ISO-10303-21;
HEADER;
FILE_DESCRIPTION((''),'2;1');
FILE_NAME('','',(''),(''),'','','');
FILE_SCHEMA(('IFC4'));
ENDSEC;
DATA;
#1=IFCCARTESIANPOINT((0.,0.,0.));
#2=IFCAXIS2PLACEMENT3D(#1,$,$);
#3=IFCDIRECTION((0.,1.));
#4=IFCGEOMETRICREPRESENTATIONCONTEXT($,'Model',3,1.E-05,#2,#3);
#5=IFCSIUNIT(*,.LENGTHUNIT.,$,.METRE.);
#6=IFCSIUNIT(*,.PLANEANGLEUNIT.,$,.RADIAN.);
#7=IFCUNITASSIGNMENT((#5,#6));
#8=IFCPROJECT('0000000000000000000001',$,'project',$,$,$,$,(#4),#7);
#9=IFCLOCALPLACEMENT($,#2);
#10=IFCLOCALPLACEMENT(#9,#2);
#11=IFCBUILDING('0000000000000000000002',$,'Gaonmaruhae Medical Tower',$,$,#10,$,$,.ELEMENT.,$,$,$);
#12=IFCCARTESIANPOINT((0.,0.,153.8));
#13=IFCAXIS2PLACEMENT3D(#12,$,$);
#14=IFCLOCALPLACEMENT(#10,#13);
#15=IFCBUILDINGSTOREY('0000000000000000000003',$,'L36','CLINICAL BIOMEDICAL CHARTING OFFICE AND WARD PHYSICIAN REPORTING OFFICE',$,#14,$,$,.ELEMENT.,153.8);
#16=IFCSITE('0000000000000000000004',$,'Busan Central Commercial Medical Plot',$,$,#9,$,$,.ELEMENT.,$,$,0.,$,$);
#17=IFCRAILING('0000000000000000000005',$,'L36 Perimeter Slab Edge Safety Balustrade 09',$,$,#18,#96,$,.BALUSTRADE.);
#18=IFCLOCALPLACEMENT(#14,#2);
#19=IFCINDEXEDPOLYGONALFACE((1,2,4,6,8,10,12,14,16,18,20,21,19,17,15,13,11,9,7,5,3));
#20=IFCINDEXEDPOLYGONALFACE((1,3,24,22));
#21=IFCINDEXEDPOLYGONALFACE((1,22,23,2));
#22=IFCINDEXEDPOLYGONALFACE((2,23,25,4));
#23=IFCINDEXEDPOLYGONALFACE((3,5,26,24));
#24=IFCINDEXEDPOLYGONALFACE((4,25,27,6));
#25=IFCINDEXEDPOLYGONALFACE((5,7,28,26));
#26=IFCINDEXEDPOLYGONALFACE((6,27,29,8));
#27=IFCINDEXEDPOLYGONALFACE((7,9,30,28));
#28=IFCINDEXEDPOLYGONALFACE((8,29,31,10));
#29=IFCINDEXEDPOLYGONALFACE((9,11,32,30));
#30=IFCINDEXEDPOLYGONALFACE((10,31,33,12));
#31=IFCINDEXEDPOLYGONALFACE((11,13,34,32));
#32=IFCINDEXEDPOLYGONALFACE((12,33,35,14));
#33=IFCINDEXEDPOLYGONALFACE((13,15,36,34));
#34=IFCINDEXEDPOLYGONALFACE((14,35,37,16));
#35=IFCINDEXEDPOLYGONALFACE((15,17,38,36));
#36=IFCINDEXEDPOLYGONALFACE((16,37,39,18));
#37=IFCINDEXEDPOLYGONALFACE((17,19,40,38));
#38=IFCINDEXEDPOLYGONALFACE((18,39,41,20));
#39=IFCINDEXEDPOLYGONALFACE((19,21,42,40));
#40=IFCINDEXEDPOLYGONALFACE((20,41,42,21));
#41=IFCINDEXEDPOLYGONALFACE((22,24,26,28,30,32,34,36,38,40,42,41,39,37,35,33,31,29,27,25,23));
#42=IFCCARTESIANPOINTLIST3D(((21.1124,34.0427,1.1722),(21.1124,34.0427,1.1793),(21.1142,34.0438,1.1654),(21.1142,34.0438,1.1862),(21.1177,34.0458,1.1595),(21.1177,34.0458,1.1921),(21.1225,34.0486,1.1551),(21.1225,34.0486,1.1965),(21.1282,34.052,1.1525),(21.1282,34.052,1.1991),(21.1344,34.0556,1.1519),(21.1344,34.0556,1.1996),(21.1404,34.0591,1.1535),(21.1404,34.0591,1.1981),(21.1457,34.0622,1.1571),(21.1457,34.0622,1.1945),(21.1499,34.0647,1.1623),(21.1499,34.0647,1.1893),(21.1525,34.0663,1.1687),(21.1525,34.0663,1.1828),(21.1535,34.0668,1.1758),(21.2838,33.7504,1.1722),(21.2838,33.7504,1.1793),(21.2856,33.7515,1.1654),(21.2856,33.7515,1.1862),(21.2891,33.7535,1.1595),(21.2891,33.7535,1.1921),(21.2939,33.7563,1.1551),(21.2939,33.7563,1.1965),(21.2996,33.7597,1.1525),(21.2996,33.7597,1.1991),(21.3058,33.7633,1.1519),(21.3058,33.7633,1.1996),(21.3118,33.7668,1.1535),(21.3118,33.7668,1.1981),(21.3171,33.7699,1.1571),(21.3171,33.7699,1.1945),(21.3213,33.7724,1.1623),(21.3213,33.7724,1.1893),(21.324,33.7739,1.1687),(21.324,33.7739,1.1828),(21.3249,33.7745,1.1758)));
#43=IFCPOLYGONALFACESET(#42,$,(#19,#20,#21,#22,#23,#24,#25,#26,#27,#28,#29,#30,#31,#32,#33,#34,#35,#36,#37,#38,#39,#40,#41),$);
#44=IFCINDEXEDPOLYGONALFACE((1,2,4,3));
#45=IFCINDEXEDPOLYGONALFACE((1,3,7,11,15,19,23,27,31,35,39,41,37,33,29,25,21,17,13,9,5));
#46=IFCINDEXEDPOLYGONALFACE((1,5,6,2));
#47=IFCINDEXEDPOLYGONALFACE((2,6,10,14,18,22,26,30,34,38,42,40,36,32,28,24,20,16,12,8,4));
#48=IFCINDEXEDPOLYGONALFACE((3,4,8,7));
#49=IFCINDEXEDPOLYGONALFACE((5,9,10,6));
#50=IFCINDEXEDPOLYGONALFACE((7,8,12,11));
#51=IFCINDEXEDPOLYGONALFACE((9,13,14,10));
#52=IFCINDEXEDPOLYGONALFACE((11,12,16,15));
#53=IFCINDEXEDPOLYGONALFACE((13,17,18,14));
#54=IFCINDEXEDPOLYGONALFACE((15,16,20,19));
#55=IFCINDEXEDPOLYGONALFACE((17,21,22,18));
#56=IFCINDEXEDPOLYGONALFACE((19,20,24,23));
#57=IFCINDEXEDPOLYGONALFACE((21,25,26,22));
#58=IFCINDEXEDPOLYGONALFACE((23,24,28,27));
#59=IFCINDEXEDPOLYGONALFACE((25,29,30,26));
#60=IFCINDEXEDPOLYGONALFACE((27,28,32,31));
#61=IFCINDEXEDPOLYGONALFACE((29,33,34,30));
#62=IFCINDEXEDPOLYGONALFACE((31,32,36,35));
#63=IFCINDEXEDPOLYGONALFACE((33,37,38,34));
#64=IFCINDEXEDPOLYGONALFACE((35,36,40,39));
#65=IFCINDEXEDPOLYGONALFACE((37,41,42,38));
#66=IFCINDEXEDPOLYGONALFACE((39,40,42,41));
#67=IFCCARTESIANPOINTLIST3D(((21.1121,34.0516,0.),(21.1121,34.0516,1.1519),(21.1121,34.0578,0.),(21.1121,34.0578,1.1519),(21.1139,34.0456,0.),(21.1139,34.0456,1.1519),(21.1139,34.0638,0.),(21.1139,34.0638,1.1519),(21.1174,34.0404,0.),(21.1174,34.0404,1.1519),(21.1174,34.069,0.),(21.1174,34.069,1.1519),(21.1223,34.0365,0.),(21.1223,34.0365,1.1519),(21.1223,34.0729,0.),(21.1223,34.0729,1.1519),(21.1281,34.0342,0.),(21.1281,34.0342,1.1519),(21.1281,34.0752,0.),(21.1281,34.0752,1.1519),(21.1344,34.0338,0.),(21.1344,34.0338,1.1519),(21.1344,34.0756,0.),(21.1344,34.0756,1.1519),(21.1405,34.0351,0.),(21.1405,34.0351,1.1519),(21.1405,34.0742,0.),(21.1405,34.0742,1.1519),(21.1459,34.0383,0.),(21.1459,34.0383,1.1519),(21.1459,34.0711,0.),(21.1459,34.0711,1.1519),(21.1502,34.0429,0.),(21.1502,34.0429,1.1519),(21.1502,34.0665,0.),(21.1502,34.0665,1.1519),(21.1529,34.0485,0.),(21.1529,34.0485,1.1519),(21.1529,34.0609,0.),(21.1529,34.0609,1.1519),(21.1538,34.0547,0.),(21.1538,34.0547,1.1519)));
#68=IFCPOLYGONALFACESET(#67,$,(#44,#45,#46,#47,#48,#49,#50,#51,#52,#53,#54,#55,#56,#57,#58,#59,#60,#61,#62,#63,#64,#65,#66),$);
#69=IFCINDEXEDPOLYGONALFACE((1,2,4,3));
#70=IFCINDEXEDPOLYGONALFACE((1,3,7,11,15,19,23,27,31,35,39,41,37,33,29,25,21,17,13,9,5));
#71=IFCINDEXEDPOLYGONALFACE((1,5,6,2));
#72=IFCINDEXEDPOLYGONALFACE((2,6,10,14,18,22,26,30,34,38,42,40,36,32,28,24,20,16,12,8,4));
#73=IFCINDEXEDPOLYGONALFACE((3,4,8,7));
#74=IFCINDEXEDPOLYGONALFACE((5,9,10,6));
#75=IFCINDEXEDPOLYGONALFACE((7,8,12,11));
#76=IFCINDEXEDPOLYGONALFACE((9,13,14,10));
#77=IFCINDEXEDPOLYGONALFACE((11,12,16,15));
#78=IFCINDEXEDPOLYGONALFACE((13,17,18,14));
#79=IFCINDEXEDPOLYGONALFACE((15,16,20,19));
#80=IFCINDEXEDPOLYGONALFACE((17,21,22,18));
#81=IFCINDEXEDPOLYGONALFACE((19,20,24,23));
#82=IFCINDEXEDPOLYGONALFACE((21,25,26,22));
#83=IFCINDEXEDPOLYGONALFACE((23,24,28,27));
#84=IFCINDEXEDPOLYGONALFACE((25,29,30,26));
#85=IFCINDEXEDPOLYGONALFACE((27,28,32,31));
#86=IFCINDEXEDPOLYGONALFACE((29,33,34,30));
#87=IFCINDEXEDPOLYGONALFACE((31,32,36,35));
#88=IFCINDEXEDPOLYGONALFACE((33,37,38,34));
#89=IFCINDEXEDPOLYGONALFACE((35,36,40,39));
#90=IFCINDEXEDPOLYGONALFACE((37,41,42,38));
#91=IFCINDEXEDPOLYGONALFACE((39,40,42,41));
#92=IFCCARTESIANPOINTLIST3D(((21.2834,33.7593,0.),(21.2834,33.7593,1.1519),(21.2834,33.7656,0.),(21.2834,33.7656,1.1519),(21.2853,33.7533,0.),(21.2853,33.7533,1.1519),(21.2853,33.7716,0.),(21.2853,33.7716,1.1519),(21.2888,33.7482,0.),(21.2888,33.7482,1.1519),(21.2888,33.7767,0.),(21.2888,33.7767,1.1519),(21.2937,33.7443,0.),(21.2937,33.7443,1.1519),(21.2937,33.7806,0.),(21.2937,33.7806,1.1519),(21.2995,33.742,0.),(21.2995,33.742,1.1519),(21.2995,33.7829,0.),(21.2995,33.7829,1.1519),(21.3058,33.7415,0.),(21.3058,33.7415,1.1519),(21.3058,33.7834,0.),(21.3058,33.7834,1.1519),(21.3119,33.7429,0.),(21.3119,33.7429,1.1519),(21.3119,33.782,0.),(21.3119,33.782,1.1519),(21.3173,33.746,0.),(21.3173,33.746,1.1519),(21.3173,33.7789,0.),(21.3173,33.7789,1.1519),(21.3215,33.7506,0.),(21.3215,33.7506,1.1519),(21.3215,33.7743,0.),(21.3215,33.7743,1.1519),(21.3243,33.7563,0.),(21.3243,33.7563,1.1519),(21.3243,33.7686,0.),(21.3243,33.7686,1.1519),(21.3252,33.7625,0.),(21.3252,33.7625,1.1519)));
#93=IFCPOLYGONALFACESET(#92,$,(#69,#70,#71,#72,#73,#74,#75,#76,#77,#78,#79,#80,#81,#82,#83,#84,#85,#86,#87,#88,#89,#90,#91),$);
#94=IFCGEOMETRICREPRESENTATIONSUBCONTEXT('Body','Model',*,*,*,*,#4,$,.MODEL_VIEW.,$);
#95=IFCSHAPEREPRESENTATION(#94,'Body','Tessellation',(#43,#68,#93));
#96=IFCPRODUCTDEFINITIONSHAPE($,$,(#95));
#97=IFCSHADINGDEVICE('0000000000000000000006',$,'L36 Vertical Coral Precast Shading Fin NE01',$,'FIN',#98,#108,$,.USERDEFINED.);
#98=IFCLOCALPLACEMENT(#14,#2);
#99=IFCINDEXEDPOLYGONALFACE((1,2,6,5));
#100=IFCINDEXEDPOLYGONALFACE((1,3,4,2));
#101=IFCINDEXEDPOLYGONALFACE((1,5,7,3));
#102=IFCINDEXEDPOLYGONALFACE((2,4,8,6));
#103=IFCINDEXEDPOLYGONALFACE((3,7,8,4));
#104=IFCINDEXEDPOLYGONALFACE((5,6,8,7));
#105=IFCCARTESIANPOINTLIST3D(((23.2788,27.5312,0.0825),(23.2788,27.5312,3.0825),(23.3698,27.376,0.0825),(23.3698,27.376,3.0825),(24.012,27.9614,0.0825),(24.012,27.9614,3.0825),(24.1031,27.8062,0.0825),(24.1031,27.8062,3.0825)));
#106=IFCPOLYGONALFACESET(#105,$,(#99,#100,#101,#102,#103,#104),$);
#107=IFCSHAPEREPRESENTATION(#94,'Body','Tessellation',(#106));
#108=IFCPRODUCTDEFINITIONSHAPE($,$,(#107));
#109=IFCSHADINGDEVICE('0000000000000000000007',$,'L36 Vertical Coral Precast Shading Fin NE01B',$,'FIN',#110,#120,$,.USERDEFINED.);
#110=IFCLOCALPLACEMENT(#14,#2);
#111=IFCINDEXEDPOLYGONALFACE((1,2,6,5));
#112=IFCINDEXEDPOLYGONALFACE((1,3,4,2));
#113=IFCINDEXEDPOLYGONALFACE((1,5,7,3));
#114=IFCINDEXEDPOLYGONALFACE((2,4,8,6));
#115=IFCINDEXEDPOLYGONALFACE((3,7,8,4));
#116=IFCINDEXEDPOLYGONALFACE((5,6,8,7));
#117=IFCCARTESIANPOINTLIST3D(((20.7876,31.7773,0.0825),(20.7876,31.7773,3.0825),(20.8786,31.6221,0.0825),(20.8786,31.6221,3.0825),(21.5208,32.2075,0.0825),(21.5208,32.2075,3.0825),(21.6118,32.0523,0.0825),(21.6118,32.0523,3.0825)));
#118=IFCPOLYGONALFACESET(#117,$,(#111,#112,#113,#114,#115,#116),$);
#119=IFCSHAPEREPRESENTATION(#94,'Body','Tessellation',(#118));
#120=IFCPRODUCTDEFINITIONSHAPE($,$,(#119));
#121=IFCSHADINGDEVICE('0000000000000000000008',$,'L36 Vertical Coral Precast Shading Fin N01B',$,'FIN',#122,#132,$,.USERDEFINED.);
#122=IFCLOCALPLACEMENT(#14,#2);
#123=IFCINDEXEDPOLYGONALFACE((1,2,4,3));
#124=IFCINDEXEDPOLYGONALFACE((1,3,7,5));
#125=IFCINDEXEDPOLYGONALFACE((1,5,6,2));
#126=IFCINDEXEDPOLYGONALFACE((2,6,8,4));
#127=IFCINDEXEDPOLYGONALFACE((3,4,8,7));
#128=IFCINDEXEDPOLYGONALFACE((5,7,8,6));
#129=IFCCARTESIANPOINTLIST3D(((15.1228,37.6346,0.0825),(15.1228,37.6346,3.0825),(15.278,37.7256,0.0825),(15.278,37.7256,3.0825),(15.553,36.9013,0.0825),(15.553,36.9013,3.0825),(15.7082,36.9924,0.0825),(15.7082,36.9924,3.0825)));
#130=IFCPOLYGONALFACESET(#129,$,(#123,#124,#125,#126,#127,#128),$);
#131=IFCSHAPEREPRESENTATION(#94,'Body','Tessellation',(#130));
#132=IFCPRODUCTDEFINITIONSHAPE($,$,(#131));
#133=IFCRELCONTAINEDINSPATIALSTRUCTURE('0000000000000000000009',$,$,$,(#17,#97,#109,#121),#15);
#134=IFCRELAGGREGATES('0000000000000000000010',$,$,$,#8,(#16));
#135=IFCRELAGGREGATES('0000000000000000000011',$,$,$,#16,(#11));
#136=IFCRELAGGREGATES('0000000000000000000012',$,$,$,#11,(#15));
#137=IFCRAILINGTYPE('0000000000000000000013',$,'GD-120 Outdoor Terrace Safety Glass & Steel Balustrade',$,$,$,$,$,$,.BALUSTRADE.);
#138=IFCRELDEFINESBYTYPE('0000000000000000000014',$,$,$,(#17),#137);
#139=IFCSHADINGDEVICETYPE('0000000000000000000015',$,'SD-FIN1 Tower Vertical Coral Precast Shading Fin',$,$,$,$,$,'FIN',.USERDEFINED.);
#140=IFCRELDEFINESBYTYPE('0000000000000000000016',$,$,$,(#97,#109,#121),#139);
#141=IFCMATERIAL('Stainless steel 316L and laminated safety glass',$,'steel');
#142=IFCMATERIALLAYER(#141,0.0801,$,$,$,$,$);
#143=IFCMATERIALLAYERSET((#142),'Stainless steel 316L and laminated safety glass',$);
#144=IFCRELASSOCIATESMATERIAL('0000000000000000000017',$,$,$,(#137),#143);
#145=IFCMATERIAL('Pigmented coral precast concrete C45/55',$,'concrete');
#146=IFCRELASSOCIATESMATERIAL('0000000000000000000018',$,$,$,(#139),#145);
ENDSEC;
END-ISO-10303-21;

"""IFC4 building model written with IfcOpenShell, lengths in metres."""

from ifc_helpers import new_model, si_unit, direction, frame, origin, origin_2d, place, context, subcontext, project, spatial, rectangle, circle, extrude, material, layer, layer_set, type_object, element, save


model = new_model("IFC4")

# Units and contexts
model_context = context("Model", 3, precision=1e-05, world=origin(), true_north=direction((0.0, 1.0)))
body_context = subcontext(model_context, "Body", "Model", "MODEL_VIEW")
ifc_project = project(units=[si_unit("LENGTHUNIT", "METRE"), si_unit("PLANEANGLEUNIT", "RADIAN")], contexts=[model_context])

# Site, building, storey
site_placement = place(None, origin())
site = spatial("IfcSite", under=ifc_project, at=site_placement, Name="Busan Central Commercial Medical Plot", CompositionType="ELEMENT", RefElevation=0.0)
building_placement = place(site_placement, origin())
building = spatial("IfcBuilding", under=site, at=building_placement, Name="Gaonmaruhae Medical Tower", CompositionType="ELEMENT")
storey_placement = place(building_placement, frame((0.0, 0.0, 153.8)))
storey = spatial("IfcBuildingStorey", under=building, at=storey_placement, Name="L36", Description="CLINICAL BIOMEDICAL CHARTING OFFICE AND WARD PHYSICIAN REPORTING OFFICE", CompositionType="ELEMENT", Elevation=153.8)

# Railing
ifc_material_1 = material(Name="Stainless steel 316L and laminated safety glass", Category="steel")
ifc_layer_1 = layer(ifc_material_1, 0.0801)
ifc_layer_set_1 = layer_set([ifc_layer_1], Name="Stainless steel 316L and laminated safety glass")
railing_type = type_object("IfcRailingType", Name="GD-120 Outdoor Terrace Safety Glass & Steel Balustrade", PredefinedType="BALUSTRADE", material=ifc_layer_set_1)
railing_placement = place(storey_placement, frame((21.1328, 34.0547, 0.0)))
element("IfcRailing", 1, at=railing_placement, inside=storey, type_object=railing_type, Name="L36 Perimeter Slab Edge Safety Balustrade 09", PredefinedType="BALUSTRADE", context=body_context, shape_type="SweptSolid", body=[
    extrude(circle(Radius=0.0239, at=origin_2d()), frame((0.0, 0.0, 1.1758), z_axis=(0.505886, -0.8626, 0.0), x_axis=(0.8626, 0.505886, 0.0)), (0.0, 0.0, 1.0), 0.3389),
    extrude(circle(Radius=0.021, at=origin_2d()), origin(), (0.0, 0.0, 1.0), 1.1519),
    extrude(circle(Radius=0.021, at=origin_2d()), frame((0.1714, -0.2922, 0.0)), (0.0, 0.0, 1.0), 1.1519),
])

# Shading devices
ifc_material_2 = material(Name="Pigmented coral precast concrete C45/55", Category="concrete")
shading_device_type = type_object("IfcShadingDeviceType", Name="SD-FIN1 Tower Vertical Coral Precast Shading Fin", ElementType="FIN", PredefinedType="USERDEFINED", material=ifc_material_2)
for number, where, z_axis, x_axis, name in (
    (2, (23.6909, 27.6687, 0.0825), (0.0, 0.0, 1.0), (-0.506034, 0.862514, 0.0), "L36 Vertical Coral Precast Shading Fin NE01"),
    (3, (21.1997, 31.9148, 0.0825), (0.0, 0.0, 1.0), (-0.506034, 0.862514, 0.0), "L36 Vertical Coral Precast Shading Fin NE01B"),
    (4, (15.4155, 37.3135, 0.0825), (0.0, 0.0, 1.0), (0.862514, 0.506034, 0.0), "L36 Vertical Coral Precast Shading Fin N01B"),
):
    element("IfcShadingDevice", number, at=place(storey_placement, frame(where, z_axis=z_axis, x_axis=x_axis)), inside=storey, type_object=shading_device_type, Name=name, ObjectType="FIN", PredefinedType="USERDEFINED", context=body_context, shape_type="SweptSolid", body=[
        extrude(rectangle(XDim=0.1799, YDim=0.8501, at=origin_2d()), origin(), (0.0, 0.0, 1.0), 3.0),
    ])

save(model, "model.ifc")
